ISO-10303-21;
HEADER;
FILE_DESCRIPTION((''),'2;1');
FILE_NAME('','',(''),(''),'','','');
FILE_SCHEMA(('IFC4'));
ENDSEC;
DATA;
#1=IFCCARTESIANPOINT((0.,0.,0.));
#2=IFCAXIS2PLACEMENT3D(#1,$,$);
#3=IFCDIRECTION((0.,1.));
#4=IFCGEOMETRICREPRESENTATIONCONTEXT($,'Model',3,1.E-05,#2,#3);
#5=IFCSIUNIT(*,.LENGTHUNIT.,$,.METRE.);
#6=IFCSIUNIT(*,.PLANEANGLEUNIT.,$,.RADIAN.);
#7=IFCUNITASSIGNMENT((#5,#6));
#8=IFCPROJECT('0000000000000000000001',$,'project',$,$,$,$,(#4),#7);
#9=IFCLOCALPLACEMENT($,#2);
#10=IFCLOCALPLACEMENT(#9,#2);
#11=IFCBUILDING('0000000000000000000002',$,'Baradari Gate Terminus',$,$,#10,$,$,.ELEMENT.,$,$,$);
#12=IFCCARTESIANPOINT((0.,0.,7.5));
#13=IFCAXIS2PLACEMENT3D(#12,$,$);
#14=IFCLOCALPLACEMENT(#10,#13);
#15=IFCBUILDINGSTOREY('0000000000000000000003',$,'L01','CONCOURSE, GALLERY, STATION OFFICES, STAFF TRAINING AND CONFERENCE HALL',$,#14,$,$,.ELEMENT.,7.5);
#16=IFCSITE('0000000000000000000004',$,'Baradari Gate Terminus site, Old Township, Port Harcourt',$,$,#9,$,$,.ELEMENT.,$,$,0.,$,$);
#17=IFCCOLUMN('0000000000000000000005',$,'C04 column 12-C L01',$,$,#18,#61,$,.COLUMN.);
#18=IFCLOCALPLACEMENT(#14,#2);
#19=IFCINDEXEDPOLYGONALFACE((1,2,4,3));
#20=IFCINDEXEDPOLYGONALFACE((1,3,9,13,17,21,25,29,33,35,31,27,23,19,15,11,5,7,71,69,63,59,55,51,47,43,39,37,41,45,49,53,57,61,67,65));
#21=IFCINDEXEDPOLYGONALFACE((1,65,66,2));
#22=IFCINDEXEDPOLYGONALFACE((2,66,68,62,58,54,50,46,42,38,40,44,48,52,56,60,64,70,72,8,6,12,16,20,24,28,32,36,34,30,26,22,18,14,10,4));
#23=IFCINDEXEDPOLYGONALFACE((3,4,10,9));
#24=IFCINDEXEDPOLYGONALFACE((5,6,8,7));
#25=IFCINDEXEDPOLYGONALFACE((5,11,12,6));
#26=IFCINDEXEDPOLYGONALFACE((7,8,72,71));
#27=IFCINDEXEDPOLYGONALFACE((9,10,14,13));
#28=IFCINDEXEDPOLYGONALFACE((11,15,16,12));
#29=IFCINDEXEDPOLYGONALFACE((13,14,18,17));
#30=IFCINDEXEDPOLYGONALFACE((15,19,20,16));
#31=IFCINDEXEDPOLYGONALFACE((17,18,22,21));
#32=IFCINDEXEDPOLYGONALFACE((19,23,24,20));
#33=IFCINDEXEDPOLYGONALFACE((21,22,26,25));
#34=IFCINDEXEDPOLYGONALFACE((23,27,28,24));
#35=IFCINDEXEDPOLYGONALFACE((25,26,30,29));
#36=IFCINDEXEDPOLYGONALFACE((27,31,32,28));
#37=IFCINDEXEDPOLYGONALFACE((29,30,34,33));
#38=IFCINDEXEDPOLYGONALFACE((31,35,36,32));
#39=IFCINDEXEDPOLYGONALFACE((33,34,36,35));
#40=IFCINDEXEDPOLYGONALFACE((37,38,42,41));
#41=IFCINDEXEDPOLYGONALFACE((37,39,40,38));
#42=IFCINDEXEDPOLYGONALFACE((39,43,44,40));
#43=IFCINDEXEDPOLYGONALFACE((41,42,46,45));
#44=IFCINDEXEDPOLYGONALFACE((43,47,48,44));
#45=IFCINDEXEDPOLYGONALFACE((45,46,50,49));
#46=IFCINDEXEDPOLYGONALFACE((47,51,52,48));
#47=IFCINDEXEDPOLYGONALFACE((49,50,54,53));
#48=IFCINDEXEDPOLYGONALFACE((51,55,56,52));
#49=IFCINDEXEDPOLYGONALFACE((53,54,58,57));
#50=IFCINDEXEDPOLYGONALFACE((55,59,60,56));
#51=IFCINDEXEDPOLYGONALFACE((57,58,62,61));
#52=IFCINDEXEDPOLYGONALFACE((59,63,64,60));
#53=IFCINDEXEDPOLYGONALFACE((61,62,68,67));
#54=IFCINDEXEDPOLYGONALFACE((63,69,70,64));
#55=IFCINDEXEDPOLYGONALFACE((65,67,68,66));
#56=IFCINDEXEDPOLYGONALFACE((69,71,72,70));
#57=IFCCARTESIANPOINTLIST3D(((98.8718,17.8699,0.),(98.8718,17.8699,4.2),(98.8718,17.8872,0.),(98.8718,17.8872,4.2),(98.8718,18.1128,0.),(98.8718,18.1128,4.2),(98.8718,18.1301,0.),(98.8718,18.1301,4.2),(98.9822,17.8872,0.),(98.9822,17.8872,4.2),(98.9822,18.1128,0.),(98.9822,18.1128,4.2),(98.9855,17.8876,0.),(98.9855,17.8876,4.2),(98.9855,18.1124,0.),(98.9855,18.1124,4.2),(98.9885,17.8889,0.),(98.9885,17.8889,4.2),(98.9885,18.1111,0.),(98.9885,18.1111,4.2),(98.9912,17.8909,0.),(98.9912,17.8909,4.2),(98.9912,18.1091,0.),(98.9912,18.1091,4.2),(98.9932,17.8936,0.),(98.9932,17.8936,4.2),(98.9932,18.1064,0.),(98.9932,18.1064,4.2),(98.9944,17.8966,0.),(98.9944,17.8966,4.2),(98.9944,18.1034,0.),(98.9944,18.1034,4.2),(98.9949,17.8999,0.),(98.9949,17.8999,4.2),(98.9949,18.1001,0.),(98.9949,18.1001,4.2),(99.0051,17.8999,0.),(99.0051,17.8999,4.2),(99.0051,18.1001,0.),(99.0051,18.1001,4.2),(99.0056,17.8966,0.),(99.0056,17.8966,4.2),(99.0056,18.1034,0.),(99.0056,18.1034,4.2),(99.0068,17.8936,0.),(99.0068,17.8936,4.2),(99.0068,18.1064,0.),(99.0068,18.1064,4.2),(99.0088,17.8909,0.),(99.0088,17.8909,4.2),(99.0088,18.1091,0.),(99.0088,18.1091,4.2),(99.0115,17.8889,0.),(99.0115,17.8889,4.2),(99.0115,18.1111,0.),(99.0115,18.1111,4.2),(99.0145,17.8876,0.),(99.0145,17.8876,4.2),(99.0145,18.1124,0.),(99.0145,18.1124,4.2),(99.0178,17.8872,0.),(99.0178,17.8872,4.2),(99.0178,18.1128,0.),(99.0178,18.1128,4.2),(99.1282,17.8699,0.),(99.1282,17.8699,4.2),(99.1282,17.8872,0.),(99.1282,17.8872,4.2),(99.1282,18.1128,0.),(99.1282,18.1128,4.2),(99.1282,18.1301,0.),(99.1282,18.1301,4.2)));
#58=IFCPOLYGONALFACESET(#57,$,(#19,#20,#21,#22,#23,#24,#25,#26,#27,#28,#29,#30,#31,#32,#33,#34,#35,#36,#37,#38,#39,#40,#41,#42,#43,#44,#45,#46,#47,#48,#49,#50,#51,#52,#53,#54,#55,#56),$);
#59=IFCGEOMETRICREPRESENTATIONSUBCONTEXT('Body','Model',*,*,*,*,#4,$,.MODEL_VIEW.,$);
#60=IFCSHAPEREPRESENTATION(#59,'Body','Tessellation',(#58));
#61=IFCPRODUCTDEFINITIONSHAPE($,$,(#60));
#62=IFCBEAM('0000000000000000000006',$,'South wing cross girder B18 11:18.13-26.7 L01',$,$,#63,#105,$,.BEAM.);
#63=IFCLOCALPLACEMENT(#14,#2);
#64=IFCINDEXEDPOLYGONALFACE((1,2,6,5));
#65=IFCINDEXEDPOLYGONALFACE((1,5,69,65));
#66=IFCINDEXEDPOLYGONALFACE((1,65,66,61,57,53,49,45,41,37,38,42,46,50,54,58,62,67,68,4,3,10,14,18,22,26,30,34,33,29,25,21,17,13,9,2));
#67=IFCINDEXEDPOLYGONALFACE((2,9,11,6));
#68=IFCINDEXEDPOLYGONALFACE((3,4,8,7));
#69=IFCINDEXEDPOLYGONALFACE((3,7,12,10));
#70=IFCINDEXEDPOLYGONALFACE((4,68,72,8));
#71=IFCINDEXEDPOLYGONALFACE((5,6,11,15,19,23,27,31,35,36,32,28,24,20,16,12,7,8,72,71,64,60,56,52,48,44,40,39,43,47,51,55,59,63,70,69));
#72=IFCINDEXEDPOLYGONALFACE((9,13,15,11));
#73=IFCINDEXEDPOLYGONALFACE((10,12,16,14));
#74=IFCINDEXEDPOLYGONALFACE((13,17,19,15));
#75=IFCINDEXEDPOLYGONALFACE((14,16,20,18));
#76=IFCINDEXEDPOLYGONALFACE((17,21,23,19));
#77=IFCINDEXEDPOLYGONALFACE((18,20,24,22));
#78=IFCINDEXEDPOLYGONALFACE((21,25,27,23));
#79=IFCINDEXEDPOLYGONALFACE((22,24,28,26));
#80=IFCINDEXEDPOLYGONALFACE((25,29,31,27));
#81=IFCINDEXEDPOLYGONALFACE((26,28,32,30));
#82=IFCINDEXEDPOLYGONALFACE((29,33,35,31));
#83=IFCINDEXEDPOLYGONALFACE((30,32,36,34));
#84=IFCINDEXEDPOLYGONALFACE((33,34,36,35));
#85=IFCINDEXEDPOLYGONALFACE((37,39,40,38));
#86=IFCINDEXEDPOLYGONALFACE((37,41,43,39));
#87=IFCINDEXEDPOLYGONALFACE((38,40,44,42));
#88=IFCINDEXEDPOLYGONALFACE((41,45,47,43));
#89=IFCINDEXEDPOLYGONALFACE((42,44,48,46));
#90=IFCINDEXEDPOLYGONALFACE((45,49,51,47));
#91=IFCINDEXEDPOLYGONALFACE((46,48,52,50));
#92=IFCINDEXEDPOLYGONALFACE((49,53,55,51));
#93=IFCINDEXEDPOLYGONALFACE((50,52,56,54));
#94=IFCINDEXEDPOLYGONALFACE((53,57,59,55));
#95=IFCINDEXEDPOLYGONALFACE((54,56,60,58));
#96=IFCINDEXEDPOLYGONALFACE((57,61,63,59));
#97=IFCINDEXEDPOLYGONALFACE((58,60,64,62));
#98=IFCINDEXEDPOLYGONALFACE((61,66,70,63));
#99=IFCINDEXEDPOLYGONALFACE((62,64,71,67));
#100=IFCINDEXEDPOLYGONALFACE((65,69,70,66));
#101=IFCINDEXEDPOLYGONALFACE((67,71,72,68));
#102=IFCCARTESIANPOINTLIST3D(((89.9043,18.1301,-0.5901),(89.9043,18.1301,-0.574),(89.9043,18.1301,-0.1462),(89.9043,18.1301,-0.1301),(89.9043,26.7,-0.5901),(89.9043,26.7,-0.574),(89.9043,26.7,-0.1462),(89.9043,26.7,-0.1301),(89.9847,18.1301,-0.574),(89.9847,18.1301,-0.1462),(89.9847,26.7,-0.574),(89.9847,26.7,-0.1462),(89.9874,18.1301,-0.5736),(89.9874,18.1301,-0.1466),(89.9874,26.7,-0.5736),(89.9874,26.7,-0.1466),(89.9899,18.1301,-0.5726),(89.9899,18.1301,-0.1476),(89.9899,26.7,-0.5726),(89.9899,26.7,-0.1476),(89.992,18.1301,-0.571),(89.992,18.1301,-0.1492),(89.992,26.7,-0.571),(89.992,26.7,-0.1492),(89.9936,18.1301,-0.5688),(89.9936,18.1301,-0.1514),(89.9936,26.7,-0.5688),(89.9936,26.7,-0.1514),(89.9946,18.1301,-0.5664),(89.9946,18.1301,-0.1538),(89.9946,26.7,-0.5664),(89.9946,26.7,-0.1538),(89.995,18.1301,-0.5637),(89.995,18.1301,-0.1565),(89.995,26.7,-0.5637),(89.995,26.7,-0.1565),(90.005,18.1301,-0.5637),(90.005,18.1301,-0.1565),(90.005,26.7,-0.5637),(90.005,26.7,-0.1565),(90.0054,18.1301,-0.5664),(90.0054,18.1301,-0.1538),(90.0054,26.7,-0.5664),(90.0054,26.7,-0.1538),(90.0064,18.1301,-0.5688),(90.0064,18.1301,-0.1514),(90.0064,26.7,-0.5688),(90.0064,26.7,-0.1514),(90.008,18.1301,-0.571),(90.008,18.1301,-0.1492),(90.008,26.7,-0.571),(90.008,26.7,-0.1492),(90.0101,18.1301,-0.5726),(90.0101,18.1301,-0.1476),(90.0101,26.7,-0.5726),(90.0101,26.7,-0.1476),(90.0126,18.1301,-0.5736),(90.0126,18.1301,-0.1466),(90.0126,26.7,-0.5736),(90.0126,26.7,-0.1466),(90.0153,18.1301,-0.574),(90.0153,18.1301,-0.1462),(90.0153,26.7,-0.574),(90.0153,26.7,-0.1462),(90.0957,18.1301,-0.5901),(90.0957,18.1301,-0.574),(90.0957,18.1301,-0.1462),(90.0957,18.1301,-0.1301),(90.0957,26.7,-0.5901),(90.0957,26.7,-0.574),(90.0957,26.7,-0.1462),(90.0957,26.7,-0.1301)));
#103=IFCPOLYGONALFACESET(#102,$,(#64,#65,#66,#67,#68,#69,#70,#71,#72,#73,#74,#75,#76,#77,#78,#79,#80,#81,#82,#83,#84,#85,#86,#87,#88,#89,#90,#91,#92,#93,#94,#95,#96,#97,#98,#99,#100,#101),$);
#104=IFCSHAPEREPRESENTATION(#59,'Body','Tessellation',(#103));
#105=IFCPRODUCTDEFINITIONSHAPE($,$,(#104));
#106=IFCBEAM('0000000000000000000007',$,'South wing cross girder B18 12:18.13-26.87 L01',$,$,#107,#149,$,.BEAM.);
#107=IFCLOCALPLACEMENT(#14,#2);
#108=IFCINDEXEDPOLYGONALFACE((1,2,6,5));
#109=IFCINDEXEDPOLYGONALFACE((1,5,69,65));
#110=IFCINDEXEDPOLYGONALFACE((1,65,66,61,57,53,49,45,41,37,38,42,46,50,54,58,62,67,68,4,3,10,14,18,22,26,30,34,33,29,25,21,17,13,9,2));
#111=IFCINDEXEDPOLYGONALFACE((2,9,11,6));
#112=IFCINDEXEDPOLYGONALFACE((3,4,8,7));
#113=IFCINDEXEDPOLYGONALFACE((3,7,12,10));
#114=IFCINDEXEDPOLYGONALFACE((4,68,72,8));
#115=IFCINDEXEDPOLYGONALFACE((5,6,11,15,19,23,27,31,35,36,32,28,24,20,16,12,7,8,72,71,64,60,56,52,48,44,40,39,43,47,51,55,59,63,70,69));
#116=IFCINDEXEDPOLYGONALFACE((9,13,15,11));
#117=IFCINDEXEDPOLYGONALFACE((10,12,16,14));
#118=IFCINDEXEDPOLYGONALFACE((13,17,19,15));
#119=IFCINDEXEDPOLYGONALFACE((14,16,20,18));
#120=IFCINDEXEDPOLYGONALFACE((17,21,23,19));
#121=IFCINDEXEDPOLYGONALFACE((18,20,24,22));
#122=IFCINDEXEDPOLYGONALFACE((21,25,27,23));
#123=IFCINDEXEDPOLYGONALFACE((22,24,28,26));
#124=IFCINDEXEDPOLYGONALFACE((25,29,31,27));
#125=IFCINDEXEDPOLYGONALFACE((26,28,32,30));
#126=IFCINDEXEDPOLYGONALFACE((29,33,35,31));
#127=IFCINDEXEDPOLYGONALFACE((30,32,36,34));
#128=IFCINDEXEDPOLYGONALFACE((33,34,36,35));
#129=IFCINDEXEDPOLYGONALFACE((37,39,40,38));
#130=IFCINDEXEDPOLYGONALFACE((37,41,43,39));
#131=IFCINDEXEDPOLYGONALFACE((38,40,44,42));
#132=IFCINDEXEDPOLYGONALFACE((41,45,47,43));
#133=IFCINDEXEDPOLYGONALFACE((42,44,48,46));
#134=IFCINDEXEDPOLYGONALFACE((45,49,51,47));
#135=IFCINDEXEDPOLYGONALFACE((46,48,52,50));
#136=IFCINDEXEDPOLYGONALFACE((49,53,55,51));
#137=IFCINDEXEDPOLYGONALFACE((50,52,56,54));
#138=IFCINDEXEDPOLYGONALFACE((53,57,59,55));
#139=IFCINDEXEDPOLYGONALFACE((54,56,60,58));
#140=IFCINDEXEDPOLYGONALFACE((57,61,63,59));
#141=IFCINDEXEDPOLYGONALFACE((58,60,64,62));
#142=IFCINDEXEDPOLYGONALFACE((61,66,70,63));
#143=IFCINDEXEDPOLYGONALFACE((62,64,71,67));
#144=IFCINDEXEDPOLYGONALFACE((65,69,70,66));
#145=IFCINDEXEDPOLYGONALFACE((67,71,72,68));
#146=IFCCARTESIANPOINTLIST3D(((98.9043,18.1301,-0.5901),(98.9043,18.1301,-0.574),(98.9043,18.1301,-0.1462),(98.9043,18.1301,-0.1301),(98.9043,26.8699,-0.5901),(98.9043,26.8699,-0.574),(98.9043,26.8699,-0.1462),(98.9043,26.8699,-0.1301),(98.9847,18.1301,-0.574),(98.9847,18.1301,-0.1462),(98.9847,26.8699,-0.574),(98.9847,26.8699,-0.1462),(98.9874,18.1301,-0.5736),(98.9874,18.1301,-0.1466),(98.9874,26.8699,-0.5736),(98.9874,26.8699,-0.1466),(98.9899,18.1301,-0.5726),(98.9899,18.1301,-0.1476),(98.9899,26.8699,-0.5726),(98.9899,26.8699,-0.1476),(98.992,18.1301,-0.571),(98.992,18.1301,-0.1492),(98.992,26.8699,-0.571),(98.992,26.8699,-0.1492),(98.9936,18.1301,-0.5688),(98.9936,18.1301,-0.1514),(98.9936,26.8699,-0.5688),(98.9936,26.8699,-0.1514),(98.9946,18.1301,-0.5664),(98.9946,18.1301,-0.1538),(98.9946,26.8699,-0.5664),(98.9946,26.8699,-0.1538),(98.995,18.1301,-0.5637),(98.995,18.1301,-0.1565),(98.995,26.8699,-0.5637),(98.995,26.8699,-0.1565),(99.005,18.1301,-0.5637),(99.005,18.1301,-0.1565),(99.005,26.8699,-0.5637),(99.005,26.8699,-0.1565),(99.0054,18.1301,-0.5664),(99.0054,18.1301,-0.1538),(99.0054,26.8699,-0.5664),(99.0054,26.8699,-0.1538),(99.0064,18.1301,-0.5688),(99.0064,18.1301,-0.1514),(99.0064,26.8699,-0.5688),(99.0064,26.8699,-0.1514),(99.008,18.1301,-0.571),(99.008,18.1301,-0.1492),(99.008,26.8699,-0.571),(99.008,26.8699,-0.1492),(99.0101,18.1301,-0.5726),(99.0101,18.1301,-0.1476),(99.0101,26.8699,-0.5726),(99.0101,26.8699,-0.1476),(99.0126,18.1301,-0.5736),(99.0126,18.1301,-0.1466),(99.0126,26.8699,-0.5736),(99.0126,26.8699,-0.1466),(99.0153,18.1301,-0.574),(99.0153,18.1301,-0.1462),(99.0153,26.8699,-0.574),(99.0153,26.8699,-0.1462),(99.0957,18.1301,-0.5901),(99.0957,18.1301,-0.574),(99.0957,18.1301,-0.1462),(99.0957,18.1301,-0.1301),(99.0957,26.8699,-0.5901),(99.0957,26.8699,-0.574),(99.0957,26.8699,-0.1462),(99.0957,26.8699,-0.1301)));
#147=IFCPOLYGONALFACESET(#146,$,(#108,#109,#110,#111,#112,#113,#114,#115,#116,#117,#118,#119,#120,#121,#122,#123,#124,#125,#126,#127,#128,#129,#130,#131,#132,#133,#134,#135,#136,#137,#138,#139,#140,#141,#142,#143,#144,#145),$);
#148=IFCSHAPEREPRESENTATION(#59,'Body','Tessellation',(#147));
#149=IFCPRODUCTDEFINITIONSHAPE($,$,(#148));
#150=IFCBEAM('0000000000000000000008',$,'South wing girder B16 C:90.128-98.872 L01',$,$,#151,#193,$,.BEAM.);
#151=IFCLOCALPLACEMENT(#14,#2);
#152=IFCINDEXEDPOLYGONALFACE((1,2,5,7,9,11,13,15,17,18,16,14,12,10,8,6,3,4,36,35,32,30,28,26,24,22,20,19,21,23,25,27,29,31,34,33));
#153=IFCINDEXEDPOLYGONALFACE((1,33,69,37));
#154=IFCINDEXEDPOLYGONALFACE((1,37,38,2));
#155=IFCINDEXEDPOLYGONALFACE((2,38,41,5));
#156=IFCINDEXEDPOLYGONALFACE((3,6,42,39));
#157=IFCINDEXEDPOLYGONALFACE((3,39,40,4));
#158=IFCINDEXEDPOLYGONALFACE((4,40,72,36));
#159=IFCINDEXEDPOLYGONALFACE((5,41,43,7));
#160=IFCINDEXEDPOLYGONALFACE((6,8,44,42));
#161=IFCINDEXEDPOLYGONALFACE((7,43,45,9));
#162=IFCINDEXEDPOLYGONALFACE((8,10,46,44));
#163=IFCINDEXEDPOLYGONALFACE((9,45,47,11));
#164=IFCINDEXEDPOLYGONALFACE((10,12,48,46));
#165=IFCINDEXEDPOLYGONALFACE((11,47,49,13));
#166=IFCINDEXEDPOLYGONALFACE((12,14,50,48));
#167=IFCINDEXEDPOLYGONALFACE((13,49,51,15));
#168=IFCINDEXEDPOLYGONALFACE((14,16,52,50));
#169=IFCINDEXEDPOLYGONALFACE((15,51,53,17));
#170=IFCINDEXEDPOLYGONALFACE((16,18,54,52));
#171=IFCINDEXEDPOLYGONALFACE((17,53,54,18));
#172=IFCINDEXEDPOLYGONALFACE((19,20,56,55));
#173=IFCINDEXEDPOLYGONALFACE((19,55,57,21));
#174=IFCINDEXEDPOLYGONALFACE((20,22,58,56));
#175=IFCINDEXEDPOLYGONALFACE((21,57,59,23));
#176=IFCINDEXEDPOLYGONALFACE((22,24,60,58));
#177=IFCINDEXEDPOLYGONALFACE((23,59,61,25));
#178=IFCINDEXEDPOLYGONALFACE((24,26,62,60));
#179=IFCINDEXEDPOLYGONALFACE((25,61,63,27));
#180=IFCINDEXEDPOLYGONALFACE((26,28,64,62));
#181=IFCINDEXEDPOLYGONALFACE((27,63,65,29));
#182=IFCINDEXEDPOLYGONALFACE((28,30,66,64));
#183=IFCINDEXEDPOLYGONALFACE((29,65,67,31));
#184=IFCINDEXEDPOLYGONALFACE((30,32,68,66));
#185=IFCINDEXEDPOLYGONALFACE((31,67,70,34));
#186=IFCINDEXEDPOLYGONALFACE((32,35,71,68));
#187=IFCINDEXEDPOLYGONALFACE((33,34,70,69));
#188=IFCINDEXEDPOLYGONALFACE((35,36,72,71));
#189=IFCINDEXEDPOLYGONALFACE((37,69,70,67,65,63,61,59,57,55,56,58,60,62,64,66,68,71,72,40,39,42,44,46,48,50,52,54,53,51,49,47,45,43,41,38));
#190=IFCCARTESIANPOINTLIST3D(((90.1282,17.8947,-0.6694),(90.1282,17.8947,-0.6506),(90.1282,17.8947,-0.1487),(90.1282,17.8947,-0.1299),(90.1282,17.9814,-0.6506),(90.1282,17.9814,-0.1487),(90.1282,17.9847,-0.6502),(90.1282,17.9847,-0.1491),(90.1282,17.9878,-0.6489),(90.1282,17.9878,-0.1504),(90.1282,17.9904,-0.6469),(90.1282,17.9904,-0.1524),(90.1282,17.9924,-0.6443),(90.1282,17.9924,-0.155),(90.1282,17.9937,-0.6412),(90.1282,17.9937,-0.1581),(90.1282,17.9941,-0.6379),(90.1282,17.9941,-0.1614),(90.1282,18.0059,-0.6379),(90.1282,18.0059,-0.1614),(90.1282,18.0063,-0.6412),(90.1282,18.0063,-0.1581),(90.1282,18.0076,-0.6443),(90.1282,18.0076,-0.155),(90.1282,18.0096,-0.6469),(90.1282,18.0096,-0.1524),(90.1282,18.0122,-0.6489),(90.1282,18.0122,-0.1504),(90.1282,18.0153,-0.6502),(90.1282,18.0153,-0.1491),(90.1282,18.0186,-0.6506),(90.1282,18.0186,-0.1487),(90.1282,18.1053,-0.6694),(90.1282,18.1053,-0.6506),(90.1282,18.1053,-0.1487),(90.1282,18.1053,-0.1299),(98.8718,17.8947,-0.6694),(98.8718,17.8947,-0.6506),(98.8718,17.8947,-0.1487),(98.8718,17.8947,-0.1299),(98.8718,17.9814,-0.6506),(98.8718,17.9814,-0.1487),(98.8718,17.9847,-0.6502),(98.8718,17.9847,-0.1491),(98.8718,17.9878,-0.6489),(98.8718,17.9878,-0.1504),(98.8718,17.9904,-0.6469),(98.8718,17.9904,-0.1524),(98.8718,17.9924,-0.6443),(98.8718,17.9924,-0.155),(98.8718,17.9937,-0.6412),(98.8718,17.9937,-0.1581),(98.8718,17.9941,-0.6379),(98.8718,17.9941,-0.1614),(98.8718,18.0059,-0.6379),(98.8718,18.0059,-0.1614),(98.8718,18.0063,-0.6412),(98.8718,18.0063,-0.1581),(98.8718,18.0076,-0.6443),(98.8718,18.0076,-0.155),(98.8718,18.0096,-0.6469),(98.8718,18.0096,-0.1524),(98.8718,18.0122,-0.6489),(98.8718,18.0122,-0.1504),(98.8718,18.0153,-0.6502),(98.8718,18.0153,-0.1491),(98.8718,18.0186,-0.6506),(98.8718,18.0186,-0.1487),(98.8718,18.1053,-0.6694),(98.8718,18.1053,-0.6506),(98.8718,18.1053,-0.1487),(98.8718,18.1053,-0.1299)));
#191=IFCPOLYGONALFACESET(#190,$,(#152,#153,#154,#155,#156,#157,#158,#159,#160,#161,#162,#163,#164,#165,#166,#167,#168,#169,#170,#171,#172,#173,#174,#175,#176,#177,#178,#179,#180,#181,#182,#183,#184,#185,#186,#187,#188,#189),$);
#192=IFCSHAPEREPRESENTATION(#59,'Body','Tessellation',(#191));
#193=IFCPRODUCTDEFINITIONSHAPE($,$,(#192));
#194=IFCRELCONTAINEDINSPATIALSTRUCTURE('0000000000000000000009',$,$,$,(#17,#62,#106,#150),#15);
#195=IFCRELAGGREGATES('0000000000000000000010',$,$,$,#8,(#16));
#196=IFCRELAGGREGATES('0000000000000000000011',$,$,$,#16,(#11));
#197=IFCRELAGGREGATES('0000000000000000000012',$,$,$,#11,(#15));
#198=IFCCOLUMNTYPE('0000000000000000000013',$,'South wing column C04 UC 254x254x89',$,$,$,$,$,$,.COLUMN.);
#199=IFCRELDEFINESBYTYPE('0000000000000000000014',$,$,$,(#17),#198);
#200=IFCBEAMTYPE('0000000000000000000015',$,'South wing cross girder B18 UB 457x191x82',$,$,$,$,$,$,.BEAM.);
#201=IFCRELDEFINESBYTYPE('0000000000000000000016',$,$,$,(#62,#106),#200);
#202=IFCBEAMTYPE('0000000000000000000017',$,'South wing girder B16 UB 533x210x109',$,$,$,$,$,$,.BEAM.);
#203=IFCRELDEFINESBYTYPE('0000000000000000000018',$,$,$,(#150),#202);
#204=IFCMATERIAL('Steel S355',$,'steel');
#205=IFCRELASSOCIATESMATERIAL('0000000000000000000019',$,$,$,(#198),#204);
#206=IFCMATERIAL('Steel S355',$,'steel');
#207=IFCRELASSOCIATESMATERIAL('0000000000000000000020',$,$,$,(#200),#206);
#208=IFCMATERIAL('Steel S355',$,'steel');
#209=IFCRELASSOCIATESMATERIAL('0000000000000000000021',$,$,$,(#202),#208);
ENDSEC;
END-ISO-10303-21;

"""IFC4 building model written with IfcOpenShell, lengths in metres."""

from ifc_helpers import new_model, si_unit, direction, frame, origin, origin_2d, place, context, subcontext, project, spatial, i_section, extrude, material, material_profile, profile_set, type_object, element, save


model = new_model("IFC4")

# Units and contexts
model_context = context("Model", 3, precision=1e-05, world=origin(), true_north=direction((0.0, 1.0)))
body_context = subcontext(model_context, "Body", "Model", "MODEL_VIEW")
ifc_project = project(units=[si_unit("LENGTHUNIT", "METRE"), si_unit("PLANEANGLEUNIT", "RADIAN")], contexts=[model_context])

# Site, building, storey
site_placement = place(None, origin())
site = spatial("IfcSite", under=ifc_project, at=site_placement, Name="Baradari Gate Terminus site, Old Township, Port Harcourt", CompositionType="ELEMENT", RefElevation=0.0)
building_placement = place(site_placement, origin())
building = spatial("IfcBuilding", under=site, at=building_placement, Name="Baradari Gate Terminus", CompositionType="ELEMENT")
storey_placement = place(building_placement, frame((0.0, 0.0, 7.5)))
storey = spatial("IfcBuildingStorey", under=building, at=storey_placement, Name="L01", Description="CONCOURSE, GALLERY, STATION OFFICES, STAFF TRAINING AND CONFERENCE HALL", CompositionType="ELEMENT", Elevation=7.5)

# Column
ifc_material_1 = material(Name="Steel S355", Category="steel")
ifc_material_profile_1 = material_profile(ifc_material_1, i_section(OverallWidth=0.2563, OverallDepth=0.2603, WebThickness=0.0103, FlangeThickness=0.0173, FilletRadius=0.0127, at=origin_2d()), Name="UC 254x254x89")
ifc_profile_set_1 = profile_set([ifc_material_profile_1], Name="Steel S355")
column_type = type_object("IfcColumnType", Name="South wing column C04 UC 254x254x89", PredefinedType="COLUMN", material=ifc_profile_set_1)
column_placement = place(storey_placement, frame((99.0, 18.0, 0.0), z_axis=(0.0, 0.0, 1.0), x_axis=(1.0, 0.0, 0.0)))
element("IfcColumn", 1, at=column_placement, inside=storey, type_object=column_type, Name="C04 column 12-C L01", PredefinedType="COLUMN", context=body_context, shape_type="SweptSolid", body=[
    extrude(i_section(OverallWidth=0.2563, OverallDepth=0.2603, WebThickness=0.0103, FlangeThickness=0.0173, FilletRadius=0.0127, at=origin_2d()), origin(), (0.0, 0.0, 1.0), 4.2),
])

# Beams
ifc_material_2 = material(Name="Steel S355", Category="steel")
ifc_material_profile_2 = material_profile(ifc_material_2, i_section(OverallWidth=0.1914, OverallDepth=0.46, WebThickness=0.01, FlangeThickness=0.0161, FilletRadius=0.0103, at=origin_2d()), Name="UB 457x191x82")
ifc_profile_set_2 = profile_set([ifc_material_profile_2], Name="Steel S355")
beam_type_1 = type_object("IfcBeamType", Name="South wing cross girder B18 UB 457x191x82", PredefinedType="BEAM", material=ifc_profile_set_2)
beam_1_placement = place(storey_placement, frame((90.0, 18.1301, -0.3601), z_axis=(0.0, 1.0, 0.0), x_axis=(-1.0, 0.0, 0.0)))
element("IfcBeam", 2, at=beam_1_placement, inside=storey, type_object=beam_type_1, Name="South wing cross girder B18 11:18.13-26.7 L01", PredefinedType="BEAM", context=body_context, shape_type="SweptSolid", body=[
    extrude(i_section(OverallWidth=0.1914, OverallDepth=0.46, WebThickness=0.01, FlangeThickness=0.0161, FilletRadius=0.0103, at=origin_2d()), origin(), (0.0, 0.0, 1.0), 8.5698),
])
beam_2_placement = place(storey_placement, frame((99.0, 18.1301, -0.3601), z_axis=(0.0, 1.0, 0.0), x_axis=(-1.0, 0.0, 0.0)))
element("IfcBeam", 3, at=beam_2_placement, inside=storey, type_object=beam_type_1, Name="South wing cross girder B18 12:18.13-26.87 L01", PredefinedType="BEAM", context=body_context, shape_type="SweptSolid", body=[
    extrude(i_section(OverallWidth=0.1914, OverallDepth=0.46, WebThickness=0.01, FlangeThickness=0.0161, FilletRadius=0.0103, at=origin_2d()), origin(), (0.0, 0.0, 1.0), 8.7397),
])
ifc_material_3 = material(Name="Steel S355", Category="steel")
ifc_material_profile_3 = material_profile(ifc_material_3, i_section(OverallWidth=0.2107, OverallDepth=0.5396, WebThickness=0.0117, FlangeThickness=0.0188, FilletRadius=0.0127, at=origin_2d()), Name="UB 533x210x109")
ifc_profile_set_3 = profile_set([ifc_material_profile_3], Name="Steel S355")
beam_type_2 = type_object("IfcBeamType", Name="South wing girder B16 UB 533x210x109", PredefinedType="BEAM", material=ifc_profile_set_3)
for number, where, z_axis, x_axis, name in (
    (4, (90.1282, 18.0, -0.3997), (1.0, 0.0, 0.0), (0.0, 1.0, 0.0), "South wing girder B16 C:90.128-98.872 L01"),
):
    element("IfcBeam", number, at=place(storey_placement, frame(where, z_axis=z_axis, x_axis=x_axis)), inside=storey, type_object=beam_type_2, Name=name, PredefinedType="BEAM", context=body_context, shape_type="SweptSolid", body=[
        extrude(i_section(OverallWidth=0.2107, OverallDepth=0.5396, WebThickness=0.0117, FlangeThickness=0.0188, FilletRadius=0.0127, at=origin_2d()), origin(), (0.0, 0.0, 1.0), 8.7437),
    ])

save(model, "model.ifc")
